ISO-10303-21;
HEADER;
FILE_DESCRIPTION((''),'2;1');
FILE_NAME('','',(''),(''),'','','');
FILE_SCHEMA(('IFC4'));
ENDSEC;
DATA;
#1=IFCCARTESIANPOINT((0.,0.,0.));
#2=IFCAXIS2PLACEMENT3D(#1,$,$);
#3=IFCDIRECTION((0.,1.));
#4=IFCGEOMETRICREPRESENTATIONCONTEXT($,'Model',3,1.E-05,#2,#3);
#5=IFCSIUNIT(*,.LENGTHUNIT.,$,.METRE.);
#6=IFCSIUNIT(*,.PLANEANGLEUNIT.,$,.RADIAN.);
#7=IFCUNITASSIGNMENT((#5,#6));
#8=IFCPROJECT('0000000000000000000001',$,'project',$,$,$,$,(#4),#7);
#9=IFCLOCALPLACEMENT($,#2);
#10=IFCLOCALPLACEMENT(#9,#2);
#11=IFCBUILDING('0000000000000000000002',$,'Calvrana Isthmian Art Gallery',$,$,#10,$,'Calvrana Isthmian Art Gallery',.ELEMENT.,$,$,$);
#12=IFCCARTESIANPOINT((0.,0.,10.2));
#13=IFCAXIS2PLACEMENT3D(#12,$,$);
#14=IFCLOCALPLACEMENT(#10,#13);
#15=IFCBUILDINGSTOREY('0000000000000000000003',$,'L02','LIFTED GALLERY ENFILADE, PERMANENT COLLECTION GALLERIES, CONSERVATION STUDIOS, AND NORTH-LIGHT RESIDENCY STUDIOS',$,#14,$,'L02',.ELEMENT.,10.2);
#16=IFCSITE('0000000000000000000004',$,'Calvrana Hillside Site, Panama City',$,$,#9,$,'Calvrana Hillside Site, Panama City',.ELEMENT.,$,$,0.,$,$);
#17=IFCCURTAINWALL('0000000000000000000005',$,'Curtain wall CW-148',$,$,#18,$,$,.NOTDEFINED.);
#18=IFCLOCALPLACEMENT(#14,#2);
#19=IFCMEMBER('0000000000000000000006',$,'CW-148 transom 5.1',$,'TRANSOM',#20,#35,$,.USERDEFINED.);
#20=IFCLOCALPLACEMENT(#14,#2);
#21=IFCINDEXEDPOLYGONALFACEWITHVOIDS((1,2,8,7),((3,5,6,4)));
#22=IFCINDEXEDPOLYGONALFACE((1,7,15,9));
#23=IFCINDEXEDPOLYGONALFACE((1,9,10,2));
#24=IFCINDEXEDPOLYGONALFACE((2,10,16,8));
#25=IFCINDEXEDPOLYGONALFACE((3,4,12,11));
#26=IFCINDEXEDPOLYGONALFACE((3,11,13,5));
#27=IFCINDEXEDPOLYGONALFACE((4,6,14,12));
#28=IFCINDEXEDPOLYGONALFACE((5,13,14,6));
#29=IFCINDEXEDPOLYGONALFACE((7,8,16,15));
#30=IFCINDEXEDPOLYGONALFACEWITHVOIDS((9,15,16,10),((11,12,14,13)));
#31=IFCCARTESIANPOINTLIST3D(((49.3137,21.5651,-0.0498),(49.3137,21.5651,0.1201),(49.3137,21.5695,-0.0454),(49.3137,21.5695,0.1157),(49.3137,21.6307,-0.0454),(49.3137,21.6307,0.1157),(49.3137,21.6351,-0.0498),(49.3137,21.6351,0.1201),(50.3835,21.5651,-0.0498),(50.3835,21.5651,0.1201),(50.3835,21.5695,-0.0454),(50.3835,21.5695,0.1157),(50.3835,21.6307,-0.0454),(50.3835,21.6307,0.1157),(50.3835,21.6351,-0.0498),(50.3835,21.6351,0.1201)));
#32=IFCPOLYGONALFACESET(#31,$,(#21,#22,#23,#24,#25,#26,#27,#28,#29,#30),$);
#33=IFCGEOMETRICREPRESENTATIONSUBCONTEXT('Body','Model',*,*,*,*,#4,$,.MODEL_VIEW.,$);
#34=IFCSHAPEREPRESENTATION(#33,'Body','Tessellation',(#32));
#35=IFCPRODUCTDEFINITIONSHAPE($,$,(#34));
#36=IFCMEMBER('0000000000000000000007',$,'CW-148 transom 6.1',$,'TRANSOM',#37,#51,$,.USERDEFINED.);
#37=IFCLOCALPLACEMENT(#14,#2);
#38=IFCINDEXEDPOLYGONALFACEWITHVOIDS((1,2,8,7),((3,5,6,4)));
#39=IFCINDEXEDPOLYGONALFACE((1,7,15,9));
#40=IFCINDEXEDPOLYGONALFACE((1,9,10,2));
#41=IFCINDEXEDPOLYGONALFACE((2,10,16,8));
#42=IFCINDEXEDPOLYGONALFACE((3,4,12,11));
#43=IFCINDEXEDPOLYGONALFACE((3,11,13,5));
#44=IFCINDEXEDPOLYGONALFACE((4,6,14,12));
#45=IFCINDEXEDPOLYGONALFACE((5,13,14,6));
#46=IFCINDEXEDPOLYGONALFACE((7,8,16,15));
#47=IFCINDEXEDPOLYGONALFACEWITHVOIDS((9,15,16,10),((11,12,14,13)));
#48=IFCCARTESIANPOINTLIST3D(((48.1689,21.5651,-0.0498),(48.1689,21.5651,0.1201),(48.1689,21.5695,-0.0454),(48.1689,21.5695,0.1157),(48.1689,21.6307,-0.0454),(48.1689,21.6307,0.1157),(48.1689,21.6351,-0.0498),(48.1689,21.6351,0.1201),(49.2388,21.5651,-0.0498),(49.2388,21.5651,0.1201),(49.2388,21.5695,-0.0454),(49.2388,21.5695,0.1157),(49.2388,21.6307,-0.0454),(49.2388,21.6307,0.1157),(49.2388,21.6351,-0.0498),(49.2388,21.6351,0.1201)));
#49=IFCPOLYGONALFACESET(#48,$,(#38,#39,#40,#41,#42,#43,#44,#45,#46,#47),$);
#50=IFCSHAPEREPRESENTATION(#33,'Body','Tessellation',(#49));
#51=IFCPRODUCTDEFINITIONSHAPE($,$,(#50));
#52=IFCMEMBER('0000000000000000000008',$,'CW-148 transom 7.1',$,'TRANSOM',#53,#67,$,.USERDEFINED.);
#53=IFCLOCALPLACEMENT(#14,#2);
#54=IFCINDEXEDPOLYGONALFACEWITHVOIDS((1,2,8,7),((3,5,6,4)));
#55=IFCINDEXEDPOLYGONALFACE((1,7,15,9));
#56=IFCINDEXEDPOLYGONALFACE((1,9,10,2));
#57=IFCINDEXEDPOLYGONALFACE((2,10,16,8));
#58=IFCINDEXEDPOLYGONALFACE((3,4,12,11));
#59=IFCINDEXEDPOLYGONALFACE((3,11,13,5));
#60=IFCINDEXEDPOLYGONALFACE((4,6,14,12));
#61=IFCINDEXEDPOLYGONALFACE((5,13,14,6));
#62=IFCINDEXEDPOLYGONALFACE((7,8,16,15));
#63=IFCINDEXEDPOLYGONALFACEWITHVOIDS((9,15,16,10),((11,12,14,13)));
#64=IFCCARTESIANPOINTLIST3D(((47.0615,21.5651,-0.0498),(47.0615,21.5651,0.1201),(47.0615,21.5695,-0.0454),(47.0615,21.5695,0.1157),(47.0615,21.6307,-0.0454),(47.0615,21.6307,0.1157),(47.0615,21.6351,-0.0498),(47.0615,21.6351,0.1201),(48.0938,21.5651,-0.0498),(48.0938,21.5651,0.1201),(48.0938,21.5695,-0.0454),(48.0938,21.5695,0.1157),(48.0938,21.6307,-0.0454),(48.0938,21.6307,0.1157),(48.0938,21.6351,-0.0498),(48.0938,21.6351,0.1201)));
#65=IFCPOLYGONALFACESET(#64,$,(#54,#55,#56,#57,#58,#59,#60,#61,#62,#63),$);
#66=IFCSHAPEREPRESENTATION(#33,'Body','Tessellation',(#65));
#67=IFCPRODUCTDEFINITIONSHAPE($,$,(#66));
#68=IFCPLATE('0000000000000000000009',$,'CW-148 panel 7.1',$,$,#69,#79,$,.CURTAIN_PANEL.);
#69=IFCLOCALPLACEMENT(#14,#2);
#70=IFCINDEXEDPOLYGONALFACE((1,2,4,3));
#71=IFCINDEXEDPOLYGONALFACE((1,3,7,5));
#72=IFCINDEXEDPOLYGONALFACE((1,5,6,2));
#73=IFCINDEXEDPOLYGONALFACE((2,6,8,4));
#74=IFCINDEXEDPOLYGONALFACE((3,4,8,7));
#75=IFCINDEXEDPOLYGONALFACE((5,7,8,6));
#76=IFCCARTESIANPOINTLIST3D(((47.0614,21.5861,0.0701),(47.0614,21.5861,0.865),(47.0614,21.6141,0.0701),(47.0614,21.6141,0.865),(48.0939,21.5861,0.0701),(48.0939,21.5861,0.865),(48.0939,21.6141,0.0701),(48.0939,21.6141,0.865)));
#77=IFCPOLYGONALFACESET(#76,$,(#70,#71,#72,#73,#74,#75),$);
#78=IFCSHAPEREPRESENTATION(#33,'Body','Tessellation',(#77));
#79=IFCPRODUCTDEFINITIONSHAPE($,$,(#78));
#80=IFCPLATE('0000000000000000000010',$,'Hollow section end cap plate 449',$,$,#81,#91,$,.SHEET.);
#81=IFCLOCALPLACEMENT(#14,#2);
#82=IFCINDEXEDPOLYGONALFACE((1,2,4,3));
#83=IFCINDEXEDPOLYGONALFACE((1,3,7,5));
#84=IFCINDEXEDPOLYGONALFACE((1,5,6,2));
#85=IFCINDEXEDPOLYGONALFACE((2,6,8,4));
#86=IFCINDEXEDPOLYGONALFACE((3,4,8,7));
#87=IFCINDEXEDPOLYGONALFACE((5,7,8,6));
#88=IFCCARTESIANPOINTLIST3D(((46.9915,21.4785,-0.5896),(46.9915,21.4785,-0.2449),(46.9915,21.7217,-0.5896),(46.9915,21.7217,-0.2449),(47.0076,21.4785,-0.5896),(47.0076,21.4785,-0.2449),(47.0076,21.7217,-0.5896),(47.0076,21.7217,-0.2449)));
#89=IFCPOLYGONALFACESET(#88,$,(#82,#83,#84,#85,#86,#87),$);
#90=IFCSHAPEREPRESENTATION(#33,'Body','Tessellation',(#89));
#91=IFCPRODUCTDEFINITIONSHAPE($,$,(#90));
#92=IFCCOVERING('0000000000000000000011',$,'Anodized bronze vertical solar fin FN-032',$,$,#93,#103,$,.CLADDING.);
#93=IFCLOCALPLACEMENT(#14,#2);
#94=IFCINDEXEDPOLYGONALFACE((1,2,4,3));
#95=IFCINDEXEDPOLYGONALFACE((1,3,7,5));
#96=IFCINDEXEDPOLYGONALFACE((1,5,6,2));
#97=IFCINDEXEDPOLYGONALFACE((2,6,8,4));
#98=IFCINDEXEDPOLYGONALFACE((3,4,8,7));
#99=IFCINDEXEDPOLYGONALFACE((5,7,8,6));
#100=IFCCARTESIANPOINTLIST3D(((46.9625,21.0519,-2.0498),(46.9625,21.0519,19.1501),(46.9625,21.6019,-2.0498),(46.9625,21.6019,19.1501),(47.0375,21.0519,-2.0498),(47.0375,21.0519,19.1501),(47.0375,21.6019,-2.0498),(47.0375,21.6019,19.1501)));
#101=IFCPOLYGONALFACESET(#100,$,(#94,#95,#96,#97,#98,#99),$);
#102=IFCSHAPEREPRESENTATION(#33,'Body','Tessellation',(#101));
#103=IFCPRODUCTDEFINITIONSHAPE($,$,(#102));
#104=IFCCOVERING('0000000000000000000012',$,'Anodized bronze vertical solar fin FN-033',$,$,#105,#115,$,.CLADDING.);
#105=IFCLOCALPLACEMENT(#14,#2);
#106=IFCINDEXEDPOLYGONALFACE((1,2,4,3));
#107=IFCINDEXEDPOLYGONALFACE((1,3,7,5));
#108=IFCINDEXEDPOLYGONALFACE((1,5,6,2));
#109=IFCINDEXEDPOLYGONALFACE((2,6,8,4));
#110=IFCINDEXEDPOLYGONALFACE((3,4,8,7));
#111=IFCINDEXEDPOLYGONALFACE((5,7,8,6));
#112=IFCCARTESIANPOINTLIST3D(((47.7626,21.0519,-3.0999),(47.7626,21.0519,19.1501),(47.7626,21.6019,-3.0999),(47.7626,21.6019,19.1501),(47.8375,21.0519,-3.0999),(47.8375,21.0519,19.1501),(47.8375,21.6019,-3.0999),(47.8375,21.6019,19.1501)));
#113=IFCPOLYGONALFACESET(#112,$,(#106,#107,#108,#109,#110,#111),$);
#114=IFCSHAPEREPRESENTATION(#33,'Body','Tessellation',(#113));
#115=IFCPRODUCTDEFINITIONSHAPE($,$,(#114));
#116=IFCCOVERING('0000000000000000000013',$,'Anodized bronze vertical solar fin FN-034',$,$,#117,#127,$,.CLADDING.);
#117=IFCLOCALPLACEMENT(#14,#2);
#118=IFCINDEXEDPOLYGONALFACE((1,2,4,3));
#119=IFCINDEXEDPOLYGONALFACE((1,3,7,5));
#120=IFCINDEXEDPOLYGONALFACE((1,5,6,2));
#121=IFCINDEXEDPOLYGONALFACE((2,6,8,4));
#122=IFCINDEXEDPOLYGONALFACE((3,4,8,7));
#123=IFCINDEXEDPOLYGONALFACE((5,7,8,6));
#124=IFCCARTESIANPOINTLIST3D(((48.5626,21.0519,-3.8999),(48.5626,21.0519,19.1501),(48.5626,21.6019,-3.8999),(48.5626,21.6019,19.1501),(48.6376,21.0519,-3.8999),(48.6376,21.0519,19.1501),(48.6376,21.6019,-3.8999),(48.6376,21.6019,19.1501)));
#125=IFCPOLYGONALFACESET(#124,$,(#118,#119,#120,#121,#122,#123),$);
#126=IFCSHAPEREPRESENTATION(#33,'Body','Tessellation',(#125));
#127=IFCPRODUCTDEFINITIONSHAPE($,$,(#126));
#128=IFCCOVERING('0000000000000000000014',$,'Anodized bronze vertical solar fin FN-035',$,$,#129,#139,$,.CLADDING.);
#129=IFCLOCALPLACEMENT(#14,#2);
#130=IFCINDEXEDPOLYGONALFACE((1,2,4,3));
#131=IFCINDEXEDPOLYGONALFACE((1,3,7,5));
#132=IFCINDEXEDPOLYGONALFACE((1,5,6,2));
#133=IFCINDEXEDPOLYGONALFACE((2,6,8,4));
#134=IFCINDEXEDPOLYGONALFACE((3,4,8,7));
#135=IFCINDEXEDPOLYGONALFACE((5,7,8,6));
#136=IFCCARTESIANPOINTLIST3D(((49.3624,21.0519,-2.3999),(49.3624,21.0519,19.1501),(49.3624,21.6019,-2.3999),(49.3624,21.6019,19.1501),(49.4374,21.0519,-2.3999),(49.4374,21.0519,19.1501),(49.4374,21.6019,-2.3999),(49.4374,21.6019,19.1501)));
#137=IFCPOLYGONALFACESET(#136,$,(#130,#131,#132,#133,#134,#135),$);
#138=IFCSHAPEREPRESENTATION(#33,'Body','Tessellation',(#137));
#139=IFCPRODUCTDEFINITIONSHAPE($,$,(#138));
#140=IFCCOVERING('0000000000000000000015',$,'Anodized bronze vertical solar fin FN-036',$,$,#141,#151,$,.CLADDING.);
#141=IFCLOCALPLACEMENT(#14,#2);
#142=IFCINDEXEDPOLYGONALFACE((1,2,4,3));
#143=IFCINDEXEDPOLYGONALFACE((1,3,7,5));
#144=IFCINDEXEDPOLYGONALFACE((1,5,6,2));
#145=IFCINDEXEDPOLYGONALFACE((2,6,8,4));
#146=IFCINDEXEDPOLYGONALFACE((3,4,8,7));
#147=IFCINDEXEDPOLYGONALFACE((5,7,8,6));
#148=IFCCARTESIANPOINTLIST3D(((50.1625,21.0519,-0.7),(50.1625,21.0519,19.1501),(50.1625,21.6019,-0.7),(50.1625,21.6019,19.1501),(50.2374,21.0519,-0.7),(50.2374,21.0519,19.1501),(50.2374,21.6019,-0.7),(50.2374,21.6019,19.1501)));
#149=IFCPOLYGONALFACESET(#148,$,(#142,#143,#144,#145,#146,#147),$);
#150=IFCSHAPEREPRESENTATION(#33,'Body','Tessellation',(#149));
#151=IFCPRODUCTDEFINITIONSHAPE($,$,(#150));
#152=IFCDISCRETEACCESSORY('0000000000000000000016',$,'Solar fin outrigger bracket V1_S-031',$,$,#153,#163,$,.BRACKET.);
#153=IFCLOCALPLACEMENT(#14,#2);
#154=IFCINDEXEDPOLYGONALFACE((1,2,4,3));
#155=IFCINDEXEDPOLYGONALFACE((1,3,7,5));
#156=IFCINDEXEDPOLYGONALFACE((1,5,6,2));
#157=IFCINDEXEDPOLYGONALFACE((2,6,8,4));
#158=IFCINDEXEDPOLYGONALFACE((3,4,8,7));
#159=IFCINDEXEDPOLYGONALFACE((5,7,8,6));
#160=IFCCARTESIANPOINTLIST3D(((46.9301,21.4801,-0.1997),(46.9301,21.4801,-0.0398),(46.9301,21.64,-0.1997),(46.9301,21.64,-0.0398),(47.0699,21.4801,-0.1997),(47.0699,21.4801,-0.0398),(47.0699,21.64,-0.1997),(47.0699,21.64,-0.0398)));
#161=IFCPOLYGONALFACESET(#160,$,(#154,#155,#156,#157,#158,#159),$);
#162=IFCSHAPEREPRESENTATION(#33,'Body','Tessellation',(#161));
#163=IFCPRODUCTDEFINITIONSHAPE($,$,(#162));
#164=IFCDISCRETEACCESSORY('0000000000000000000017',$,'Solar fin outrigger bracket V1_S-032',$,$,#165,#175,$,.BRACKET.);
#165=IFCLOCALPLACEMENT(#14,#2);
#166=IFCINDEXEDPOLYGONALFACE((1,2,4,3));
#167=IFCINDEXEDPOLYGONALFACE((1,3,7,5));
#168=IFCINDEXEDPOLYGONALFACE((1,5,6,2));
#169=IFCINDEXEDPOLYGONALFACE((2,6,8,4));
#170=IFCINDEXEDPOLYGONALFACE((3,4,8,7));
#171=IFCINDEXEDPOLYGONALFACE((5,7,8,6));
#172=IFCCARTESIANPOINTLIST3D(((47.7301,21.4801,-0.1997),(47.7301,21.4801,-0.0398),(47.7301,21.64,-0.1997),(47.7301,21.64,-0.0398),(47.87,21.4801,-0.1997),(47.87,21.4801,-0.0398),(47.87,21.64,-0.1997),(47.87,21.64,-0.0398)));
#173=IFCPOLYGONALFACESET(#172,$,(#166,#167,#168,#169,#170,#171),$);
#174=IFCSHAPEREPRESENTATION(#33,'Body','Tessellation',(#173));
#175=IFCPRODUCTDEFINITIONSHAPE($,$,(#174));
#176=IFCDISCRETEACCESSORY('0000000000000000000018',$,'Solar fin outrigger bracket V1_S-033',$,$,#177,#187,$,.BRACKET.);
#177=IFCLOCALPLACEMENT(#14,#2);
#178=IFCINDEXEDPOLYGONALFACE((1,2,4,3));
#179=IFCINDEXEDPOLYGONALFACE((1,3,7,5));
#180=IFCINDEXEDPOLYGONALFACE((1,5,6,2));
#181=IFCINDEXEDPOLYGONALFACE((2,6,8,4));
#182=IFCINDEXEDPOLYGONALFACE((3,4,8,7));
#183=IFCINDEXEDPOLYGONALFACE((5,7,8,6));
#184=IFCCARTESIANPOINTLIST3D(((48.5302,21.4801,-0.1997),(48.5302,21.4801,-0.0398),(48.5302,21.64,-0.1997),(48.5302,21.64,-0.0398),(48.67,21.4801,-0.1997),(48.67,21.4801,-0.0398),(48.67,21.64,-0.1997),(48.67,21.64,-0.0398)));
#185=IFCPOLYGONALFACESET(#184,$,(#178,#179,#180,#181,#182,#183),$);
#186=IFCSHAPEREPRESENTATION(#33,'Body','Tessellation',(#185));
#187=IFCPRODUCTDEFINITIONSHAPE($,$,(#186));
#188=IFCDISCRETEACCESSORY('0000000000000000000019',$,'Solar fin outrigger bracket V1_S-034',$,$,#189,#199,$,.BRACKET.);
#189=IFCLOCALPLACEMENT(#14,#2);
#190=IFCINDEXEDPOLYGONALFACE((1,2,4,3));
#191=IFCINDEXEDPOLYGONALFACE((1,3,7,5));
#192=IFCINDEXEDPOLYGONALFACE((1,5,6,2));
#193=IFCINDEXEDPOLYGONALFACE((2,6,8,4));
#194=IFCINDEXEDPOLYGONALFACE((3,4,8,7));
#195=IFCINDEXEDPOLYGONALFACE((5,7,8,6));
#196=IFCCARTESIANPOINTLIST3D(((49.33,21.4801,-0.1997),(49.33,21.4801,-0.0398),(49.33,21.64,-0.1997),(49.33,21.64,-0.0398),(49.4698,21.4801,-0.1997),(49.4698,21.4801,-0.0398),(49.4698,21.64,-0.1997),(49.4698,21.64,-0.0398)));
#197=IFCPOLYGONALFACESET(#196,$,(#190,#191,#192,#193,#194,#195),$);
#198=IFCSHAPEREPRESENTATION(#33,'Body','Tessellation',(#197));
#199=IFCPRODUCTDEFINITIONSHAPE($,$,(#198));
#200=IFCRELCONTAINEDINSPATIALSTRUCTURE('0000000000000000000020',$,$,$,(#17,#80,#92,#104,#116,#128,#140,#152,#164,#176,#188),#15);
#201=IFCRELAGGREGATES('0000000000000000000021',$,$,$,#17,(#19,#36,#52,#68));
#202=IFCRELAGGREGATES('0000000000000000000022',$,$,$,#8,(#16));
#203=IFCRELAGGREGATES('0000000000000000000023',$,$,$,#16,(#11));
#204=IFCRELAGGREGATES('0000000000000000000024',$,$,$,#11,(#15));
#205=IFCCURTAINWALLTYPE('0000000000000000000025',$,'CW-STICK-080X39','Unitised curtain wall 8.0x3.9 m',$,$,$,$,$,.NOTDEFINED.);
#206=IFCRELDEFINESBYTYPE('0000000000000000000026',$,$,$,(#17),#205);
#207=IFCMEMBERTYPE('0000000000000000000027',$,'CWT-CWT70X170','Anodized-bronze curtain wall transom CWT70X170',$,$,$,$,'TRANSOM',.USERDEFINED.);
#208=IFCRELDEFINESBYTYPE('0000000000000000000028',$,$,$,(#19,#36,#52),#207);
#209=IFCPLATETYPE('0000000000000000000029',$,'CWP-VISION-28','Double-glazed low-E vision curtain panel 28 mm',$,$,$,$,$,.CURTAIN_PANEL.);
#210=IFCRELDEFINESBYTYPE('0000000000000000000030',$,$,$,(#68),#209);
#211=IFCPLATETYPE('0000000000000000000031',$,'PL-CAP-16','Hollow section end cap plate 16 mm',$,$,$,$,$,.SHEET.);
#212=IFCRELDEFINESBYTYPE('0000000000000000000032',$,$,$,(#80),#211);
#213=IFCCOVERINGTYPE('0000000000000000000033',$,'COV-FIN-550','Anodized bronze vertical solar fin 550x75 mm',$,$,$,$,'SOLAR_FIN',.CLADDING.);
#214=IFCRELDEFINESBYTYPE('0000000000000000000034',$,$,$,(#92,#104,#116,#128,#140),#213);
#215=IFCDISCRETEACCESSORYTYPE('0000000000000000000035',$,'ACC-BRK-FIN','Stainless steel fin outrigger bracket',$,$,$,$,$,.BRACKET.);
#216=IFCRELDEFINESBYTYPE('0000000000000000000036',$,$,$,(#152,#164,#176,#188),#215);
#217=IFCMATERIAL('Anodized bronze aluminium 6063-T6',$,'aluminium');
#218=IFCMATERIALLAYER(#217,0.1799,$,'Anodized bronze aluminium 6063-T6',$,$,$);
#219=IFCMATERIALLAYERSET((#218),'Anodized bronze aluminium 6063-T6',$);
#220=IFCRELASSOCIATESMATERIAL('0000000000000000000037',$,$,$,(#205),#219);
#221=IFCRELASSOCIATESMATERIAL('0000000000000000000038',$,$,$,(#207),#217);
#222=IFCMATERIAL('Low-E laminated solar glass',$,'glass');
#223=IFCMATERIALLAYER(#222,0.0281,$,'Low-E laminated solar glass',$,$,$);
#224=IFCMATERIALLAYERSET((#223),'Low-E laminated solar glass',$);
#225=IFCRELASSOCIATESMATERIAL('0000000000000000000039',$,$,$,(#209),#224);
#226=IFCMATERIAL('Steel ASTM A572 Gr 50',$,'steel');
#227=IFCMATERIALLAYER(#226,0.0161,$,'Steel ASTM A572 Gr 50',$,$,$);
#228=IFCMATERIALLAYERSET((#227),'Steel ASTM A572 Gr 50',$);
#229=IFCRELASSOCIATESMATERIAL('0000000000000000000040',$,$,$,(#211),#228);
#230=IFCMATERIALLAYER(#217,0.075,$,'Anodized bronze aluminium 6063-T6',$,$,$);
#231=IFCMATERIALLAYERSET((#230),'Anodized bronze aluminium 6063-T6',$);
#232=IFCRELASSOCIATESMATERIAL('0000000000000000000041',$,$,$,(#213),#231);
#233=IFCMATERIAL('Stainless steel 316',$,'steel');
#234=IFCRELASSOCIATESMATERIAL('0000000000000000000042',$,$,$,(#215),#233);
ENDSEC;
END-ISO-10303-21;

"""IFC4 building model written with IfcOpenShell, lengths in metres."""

from ifc_helpers import new_model, si_unit, direction, frame, origin, origin_2d, place, context, subcontext, project, spatial, rectangle, hollow_rectangle, extrude, material, layer, layer_set, material_profile, profile_set, type_object, element, aggregate, save


model = new_model("IFC4")

# Units and contexts
model_context = context("Model", 3, precision=1e-05, world=origin(), true_north=direction((0.0, 1.0)))
body_context = subcontext(model_context, "Body", "Model", "MODEL_VIEW")
ifc_project = project(units=[si_unit("LENGTHUNIT", "METRE"), si_unit("PLANEANGLEUNIT", "RADIAN")], contexts=[model_context])

# Site, building, storey
site_placement = place(None, origin())
site = spatial("IfcSite", under=ifc_project, at=site_placement, Name="Calvrana Hillside Site, Panama City", LongName="Calvrana Hillside Site, Panama City", CompositionType="ELEMENT", RefElevation=0.0)
building_placement = place(site_placement, origin())
building = spatial("IfcBuilding", under=site, at=building_placement, Name="Calvrana Isthmian Art Gallery", LongName="Calvrana Isthmian Art Gallery", CompositionType="ELEMENT")
storey_placement = place(building_placement, frame((0.0, 0.0, 10.2)))
storey = spatial("IfcBuildingStorey", under=building, at=storey_placement, Name="L02", Description="LIFTED GALLERY ENFILADE, PERMANENT COLLECTION GALLERIES, CONSERVATION STUDIOS, AND NORTH-LIGHT RESIDENCY STUDIOS", LongName="L02", CompositionType="ELEMENT", Elevation=10.2)

# Shared definitions
ifc_material_1 = material(Name="Anodized bronze aluminium 6063-T6", Category="aluminium")

# Curtain wall, members, plate
ifc_layer_1 = layer(ifc_material_1, 0.1799, Name="Anodized bronze aluminium 6063-T6")
ifc_layer_set_1 = layer_set([ifc_layer_1], Name="Anodized bronze aluminium 6063-T6")
curtain_wall_type_1 = type_object("IfcCurtainWallType", Name="CW-STICK-080X39", Description="Unitised curtain wall 8.0x3.9 m", PredefinedType="NOTDEFINED", material=ifc_layer_set_1)
curtain_wall_1_placement = place(storey_placement, origin())
curtain_wall_1 = element("IfcCurtainWall", 1, at=curtain_wall_1_placement, inside=storey, type_object=curtain_wall_type_1, Name="Curtain wall CW-148", PredefinedType="NOTDEFINED")
ifc_material_profile_1 = material_profile(ifc_material_1, hollow_rectangle(XDim=0.0701, YDim=0.1699, WallThickness=0.0044, at=origin_2d()), Name="CWT70X170")
ifc_profile_set_1 = profile_set([ifc_material_profile_1], Name="Anodized bronze aluminium 6063-T6")
member_type_1 = type_object("IfcMemberType", Name="CWT-CWT70X170", Description="Anodized-bronze curtain wall transom CWT70X170", ElementType="TRANSOM", PredefinedType="USERDEFINED", material=ifc_profile_set_1)
member_1_placement = place(storey_placement, frame((50.3835, 21.6001, 0.0352), z_axis=(-1.0, 0.0, 0.0), x_axis=(0.0, -1.0, 0.0)))
member_1 = element("IfcMember", 2, at=member_1_placement, type_object=member_type_1, Name="CW-148 transom 5.1", ObjectType="TRANSOM", PredefinedType="USERDEFINED", context=body_context, shape_type="SweptSolid", body=[
    extrude(hollow_rectangle(XDim=0.0701, YDim=0.1699, WallThickness=0.0044, at=origin_2d()), origin(), (0.0, 0.0, 1.0), 1.0698),
])
member_2_placement = place(storey_placement, frame((49.2388, 21.6001, 0.0352), z_axis=(-1.0, 0.0, 0.0), x_axis=(0.0, -1.0, 0.0)))
member_2 = element("IfcMember", 3, at=member_2_placement, type_object=member_type_1, Name="CW-148 transom 6.1", ObjectType="TRANSOM", PredefinedType="USERDEFINED", context=body_context, shape_type="SweptSolid", body=[
    extrude(hollow_rectangle(XDim=0.0701, YDim=0.1699, WallThickness=0.0044, at=origin_2d()), origin(), (0.0, 0.0, 1.0), 1.0698),
])
member_3_placement = place(storey_placement, frame((48.0938, 21.6001, 0.0352), z_axis=(-1.0, 0.0, 0.0), x_axis=(0.0, -1.0, 0.0)))
member_3 = element("IfcMember", 4, at=member_3_placement, type_object=member_type_1, Name="CW-148 transom 7.1", ObjectType="TRANSOM", PredefinedType="USERDEFINED", context=body_context, shape_type="SweptSolid", body=[
    extrude(hollow_rectangle(XDim=0.0701, YDim=0.1699, WallThickness=0.0044, at=origin_2d()), origin(), (0.0, 0.0, 1.0), 1.0322),
])
ifc_material_2 = material(Name="Low-E laminated solar glass", Category="glass")
ifc_layer_2 = layer(ifc_material_2, 0.0281, Name="Low-E laminated solar glass")
ifc_layer_set_2 = layer_set([ifc_layer_2], Name="Low-E laminated solar glass")
plate_type_1 = type_object("IfcPlateType", Name="CWP-VISION-28", Description="Double-glazed low-E vision curtain panel 28 mm", PredefinedType="CURTAIN_PANEL", material=ifc_layer_set_2)
plate_1_placement = place(storey_placement, frame((47.5776, 21.6001, 0.0701), z_axis=(0.0, 0.0, 1.0), x_axis=(-1.0, 0.0, 0.0)))
plate_1 = element("IfcPlate", 5, at=plate_1_placement, type_object=plate_type_1, Name="CW-148 panel 7.1", PredefinedType="CURTAIN_PANEL", context=body_context, shape_type="SweptSolid", body=[
    extrude(rectangle(XDim=1.0325, YDim=0.0281, at=origin_2d()), origin(), (0.0, 0.0, 1.0), 0.7949),
])
aggregate(curtain_wall_1, [member_1, member_2, member_3, plate_1])

# Plate
ifc_material_3 = material(Name="Steel ASTM A572 Gr 50", Category="steel")
ifc_layer_3 = layer(ifc_material_3, 0.0161, Name="Steel ASTM A572 Gr 50")
ifc_layer_set_3 = layer_set([ifc_layer_3], Name="Steel ASTM A572 Gr 50")
plate_type_2 = type_object("IfcPlateType", Name="PL-CAP-16", Description="Hollow section end cap plate 16 mm", PredefinedType="SHEET", material=ifc_layer_set_3)
plate_2_placement = place(storey_placement, frame((46.9995, 21.6001, -0.5896), z_axis=(0.0, 0.0, 1.0), x_axis=(1.0, 0.0, 0.0)))
element("IfcPlate", 6, at=plate_2_placement, inside=storey, type_object=plate_type_2, Name="Hollow section end cap plate 449", PredefinedType="SHEET", context=body_context, shape_type="SweptSolid", body=[
    extrude(rectangle(XDim=0.0161, YDim=0.2432, at=origin_2d()), origin(), (0.0, 0.0, 1.0), 0.3447),
])

# Coverings
ifc_layer_4 = layer(ifc_material_1, 0.075, Name="Anodized bronze aluminium 6063-T6")
ifc_layer_set_4 = layer_set([ifc_layer_4], Name="Anodized bronze aluminium 6063-T6")
covering_type = type_object("IfcCoveringType", Name="COV-FIN-550", Description="Anodized bronze vertical solar fin 550x75 mm", ElementType="SOLAR_FIN", PredefinedType="CLADDING", material=ifc_layer_set_4)
covering_1_placement = place(storey_placement, frame((47.0, 21.3269, -2.0498), z_axis=(0.0, 0.0, 1.0), x_axis=(1.0, 0.0, 0.0)))
element("IfcCovering", 7, at=covering_1_placement, inside=storey, type_object=covering_type, Name="Anodized bronze vertical solar fin FN-032", PredefinedType="CLADDING", context=body_context, shape_type="SweptSolid", body=[
    extrude(rectangle(XDim=0.075, YDim=0.55, at=origin_2d()), origin(), (0.0, 0.0, 1.0), 21.2),
])
covering_2_placement = place(storey_placement, frame((47.8, 21.3269, -3.0999), z_axis=(0.0, 0.0, 1.0), x_axis=(1.0, 0.0, 0.0)))
element("IfcCovering", 8, at=covering_2_placement, inside=storey, type_object=covering_type, Name="Anodized bronze vertical solar fin FN-033", PredefinedType="CLADDING", context=body_context, shape_type="SweptSolid", body=[
    extrude(rectangle(XDim=0.075, YDim=0.55, at=origin_2d()), origin(), (0.0, 0.0, 1.0), 22.25),
])
covering_3_placement = place(storey_placement, frame((48.6001, 21.3269, -3.8999), z_axis=(0.0, 0.0, 1.0), x_axis=(1.0, 0.0, 0.0)))
element("IfcCovering", 9, at=covering_3_placement, inside=storey, type_object=covering_type, Name="Anodized bronze vertical solar fin FN-034", PredefinedType="CLADDING", context=body_context, shape_type="SweptSolid", body=[
    extrude(rectangle(XDim=0.075, YDim=0.55, at=origin_2d()), origin(), (0.0, 0.0, 1.0), 23.05),
])
covering_4_placement = place(storey_placement, frame((49.3999, 21.3269, -2.3999), z_axis=(0.0, 0.0, 1.0), x_axis=(1.0, 0.0, 0.0)))
element("IfcCovering", 10, at=covering_4_placement, inside=storey, type_object=covering_type, Name="Anodized bronze vertical solar fin FN-035", PredefinedType="CLADDING", context=body_context, shape_type="SweptSolid", body=[
    extrude(rectangle(XDim=0.075, YDim=0.55, at=origin_2d()), origin(), (0.0, 0.0, 1.0), 21.55),
])
covering_5_placement = place(storey_placement, frame((50.2, 21.3269, -0.7), z_axis=(0.0, 0.0, 1.0), x_axis=(1.0, 0.0, 0.0)))
element("IfcCovering", 11, at=covering_5_placement, inside=storey, type_object=covering_type, Name="Anodized bronze vertical solar fin FN-036", PredefinedType="CLADDING", context=body_context, shape_type="SweptSolid", body=[
    extrude(rectangle(XDim=0.075, YDim=0.55, at=origin_2d()), origin(), (0.0, 0.0, 1.0), 19.8501),
])

# Discrete accessories
ifc_material_4 = material(Name="Stainless steel 316", Category="steel")
discrete_accessory_type = type_object("IfcDiscreteAccessoryType", Name="ACC-BRK-FIN", Description="Stainless steel fin outrigger bracket", PredefinedType="BRACKET", material=ifc_material_4)
for number, where, z_axis, x_axis, name in (
    (12, (47.0, 21.5601, -0.1997), (0.0, 0.0, 1.0), (1.0, 0.0, 0.0), "Solar fin outrigger bracket V1_S-031"),
    (13, (47.8, 21.5601, -0.1997), (0.0, 0.0, 1.0), (1.0, 0.0, 0.0), "Solar fin outrigger bracket V1_S-032"),
    (14, (48.6001, 21.5601, -0.1997), (0.0, 0.0, 1.0), (1.0, 0.0, 0.0), "Solar fin outrigger bracket V1_S-033"),
    (15, (49.3999, 21.5601, -0.1997), (0.0, 0.0, 1.0), (1.0, 0.0, 0.0), "Solar fin outrigger bracket V1_S-034"),
):
    element("IfcDiscreteAccessory", number, at=place(storey_placement, frame(where, z_axis=z_axis, x_axis=x_axis)), inside=storey, type_object=discrete_accessory_type, Name=name, PredefinedType="BRACKET", context=body_context, shape_type="SweptSolid", body=[
        extrude(rectangle(XDim=0.1399, YDim=0.1599, at=origin_2d()), origin(), (0.0, 0.0, 1.0), 0.1599),
    ])

save(model, "model.ifc")
